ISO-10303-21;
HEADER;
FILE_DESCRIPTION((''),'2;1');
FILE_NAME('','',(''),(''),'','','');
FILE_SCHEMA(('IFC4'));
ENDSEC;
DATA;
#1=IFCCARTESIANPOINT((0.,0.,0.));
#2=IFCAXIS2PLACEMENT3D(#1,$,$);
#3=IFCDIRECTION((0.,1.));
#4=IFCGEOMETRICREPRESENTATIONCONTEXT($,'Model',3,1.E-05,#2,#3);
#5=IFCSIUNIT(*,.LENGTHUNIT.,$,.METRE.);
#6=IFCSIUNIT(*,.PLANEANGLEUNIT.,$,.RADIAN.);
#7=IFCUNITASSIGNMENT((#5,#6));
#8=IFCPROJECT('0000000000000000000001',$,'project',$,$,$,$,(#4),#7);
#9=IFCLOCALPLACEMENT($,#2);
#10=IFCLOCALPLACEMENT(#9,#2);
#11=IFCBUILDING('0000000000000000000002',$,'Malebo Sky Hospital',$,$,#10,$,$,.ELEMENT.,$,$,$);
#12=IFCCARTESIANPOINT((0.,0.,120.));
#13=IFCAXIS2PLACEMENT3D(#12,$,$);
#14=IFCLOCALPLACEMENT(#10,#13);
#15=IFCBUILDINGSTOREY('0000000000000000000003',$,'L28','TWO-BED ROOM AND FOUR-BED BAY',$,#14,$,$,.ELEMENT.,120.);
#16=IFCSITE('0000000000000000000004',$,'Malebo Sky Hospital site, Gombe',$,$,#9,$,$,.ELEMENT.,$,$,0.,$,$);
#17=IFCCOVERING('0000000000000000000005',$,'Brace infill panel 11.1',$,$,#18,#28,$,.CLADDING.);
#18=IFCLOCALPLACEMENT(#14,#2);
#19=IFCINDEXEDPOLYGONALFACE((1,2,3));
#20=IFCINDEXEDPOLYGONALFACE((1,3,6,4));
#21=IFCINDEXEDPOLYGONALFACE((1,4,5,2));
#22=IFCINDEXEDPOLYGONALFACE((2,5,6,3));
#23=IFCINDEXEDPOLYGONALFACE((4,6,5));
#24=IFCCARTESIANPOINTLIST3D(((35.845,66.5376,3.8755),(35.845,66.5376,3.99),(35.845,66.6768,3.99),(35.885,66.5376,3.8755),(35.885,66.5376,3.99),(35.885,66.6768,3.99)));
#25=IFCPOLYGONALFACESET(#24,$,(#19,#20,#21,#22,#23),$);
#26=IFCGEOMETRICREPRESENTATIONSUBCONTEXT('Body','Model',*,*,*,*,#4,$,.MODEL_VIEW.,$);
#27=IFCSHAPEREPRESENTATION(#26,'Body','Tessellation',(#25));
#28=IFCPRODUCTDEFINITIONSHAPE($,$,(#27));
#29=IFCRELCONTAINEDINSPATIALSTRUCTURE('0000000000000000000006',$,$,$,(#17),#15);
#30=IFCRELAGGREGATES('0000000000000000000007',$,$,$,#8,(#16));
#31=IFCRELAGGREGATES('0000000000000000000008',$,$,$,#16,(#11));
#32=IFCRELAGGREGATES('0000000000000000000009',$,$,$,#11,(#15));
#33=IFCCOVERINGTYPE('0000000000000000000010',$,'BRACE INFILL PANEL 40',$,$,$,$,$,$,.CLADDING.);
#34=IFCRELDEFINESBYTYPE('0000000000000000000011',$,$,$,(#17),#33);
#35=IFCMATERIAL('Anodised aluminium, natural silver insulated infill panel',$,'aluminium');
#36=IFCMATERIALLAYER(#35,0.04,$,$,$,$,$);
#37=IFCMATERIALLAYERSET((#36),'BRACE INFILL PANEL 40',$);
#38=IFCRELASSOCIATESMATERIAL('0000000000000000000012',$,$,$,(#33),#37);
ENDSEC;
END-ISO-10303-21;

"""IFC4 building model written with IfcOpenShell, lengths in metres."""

from ifc_helpers import new_model, si_unit, direction, frame, origin, place, context, subcontext, project, spatial, polyline, outline, extrude, material, layer, layer_set, type_object, element, save


model = new_model("IFC4")

# Units and contexts
model_context = context("Model", 3, precision=1e-05, world=origin(), true_north=direction((0.0, 1.0)))
body_context = subcontext(model_context, "Body", "Model", "MODEL_VIEW")
ifc_project = project(units=[si_unit("LENGTHUNIT", "METRE"), si_unit("PLANEANGLEUNIT", "RADIAN")], contexts=[model_context])

# Site, building, storey
site_placement = place(None, origin())
site = spatial("IfcSite", under=ifc_project, at=site_placement, Name="Malebo Sky Hospital site, Gombe", CompositionType="ELEMENT", RefElevation=0.0)
building_placement = place(site_placement, origin())
building = spatial("IfcBuilding", under=site, at=building_placement, Name="Malebo Sky Hospital", CompositionType="ELEMENT")
storey_placement = place(building_placement, frame((0.0, 0.0, 120.0)))
storey = spatial("IfcBuildingStorey", under=building, at=storey_placement, Name="L28", Description="TWO-BED ROOM AND FOUR-BED BAY", CompositionType="ELEMENT", Elevation=120.0)

# Covering
ifc_material_1 = material(Name="Anodised aluminium, natural silver insulated infill panel", Category="aluminium")
ifc_layer_1 = layer(ifc_material_1, 0.04)
ifc_layer_set_1 = layer_set([ifc_layer_1], Name="BRACE INFILL PANEL 40")
covering_type = type_object("IfcCoveringType", Name="BRACE INFILL PANEL 40", PredefinedType="CLADDING", material=ifc_layer_set_1)
covering_1_placement = place(storey_placement, frame((35.865, 66.6072, 3.8755), z_axis=(0.0, 0.0, 1.0), x_axis=(0.0, 1.0, 0.0)))
element("IfcCovering", 1, at=covering_1_placement, inside=storey, type_object=covering_type, Name="Brace infill panel 11.1", PredefinedType="CLADDING", context=body_context, shape_type="SweptSolid", body=[
    extrude(outline(polyline([(-0.0696, 0.0), (0.0696, 0.1145), (-0.0696, 0.1145), (-0.0696, 0.0)])), frame((0.0, 0.02, 0.0), z_axis=(0.0, -1.0, 0.0), x_axis=(1.0, 0.0, 0.0)), (0.0, 0.0, 1.0), 0.04),
])

save(model, "model.ifc")
